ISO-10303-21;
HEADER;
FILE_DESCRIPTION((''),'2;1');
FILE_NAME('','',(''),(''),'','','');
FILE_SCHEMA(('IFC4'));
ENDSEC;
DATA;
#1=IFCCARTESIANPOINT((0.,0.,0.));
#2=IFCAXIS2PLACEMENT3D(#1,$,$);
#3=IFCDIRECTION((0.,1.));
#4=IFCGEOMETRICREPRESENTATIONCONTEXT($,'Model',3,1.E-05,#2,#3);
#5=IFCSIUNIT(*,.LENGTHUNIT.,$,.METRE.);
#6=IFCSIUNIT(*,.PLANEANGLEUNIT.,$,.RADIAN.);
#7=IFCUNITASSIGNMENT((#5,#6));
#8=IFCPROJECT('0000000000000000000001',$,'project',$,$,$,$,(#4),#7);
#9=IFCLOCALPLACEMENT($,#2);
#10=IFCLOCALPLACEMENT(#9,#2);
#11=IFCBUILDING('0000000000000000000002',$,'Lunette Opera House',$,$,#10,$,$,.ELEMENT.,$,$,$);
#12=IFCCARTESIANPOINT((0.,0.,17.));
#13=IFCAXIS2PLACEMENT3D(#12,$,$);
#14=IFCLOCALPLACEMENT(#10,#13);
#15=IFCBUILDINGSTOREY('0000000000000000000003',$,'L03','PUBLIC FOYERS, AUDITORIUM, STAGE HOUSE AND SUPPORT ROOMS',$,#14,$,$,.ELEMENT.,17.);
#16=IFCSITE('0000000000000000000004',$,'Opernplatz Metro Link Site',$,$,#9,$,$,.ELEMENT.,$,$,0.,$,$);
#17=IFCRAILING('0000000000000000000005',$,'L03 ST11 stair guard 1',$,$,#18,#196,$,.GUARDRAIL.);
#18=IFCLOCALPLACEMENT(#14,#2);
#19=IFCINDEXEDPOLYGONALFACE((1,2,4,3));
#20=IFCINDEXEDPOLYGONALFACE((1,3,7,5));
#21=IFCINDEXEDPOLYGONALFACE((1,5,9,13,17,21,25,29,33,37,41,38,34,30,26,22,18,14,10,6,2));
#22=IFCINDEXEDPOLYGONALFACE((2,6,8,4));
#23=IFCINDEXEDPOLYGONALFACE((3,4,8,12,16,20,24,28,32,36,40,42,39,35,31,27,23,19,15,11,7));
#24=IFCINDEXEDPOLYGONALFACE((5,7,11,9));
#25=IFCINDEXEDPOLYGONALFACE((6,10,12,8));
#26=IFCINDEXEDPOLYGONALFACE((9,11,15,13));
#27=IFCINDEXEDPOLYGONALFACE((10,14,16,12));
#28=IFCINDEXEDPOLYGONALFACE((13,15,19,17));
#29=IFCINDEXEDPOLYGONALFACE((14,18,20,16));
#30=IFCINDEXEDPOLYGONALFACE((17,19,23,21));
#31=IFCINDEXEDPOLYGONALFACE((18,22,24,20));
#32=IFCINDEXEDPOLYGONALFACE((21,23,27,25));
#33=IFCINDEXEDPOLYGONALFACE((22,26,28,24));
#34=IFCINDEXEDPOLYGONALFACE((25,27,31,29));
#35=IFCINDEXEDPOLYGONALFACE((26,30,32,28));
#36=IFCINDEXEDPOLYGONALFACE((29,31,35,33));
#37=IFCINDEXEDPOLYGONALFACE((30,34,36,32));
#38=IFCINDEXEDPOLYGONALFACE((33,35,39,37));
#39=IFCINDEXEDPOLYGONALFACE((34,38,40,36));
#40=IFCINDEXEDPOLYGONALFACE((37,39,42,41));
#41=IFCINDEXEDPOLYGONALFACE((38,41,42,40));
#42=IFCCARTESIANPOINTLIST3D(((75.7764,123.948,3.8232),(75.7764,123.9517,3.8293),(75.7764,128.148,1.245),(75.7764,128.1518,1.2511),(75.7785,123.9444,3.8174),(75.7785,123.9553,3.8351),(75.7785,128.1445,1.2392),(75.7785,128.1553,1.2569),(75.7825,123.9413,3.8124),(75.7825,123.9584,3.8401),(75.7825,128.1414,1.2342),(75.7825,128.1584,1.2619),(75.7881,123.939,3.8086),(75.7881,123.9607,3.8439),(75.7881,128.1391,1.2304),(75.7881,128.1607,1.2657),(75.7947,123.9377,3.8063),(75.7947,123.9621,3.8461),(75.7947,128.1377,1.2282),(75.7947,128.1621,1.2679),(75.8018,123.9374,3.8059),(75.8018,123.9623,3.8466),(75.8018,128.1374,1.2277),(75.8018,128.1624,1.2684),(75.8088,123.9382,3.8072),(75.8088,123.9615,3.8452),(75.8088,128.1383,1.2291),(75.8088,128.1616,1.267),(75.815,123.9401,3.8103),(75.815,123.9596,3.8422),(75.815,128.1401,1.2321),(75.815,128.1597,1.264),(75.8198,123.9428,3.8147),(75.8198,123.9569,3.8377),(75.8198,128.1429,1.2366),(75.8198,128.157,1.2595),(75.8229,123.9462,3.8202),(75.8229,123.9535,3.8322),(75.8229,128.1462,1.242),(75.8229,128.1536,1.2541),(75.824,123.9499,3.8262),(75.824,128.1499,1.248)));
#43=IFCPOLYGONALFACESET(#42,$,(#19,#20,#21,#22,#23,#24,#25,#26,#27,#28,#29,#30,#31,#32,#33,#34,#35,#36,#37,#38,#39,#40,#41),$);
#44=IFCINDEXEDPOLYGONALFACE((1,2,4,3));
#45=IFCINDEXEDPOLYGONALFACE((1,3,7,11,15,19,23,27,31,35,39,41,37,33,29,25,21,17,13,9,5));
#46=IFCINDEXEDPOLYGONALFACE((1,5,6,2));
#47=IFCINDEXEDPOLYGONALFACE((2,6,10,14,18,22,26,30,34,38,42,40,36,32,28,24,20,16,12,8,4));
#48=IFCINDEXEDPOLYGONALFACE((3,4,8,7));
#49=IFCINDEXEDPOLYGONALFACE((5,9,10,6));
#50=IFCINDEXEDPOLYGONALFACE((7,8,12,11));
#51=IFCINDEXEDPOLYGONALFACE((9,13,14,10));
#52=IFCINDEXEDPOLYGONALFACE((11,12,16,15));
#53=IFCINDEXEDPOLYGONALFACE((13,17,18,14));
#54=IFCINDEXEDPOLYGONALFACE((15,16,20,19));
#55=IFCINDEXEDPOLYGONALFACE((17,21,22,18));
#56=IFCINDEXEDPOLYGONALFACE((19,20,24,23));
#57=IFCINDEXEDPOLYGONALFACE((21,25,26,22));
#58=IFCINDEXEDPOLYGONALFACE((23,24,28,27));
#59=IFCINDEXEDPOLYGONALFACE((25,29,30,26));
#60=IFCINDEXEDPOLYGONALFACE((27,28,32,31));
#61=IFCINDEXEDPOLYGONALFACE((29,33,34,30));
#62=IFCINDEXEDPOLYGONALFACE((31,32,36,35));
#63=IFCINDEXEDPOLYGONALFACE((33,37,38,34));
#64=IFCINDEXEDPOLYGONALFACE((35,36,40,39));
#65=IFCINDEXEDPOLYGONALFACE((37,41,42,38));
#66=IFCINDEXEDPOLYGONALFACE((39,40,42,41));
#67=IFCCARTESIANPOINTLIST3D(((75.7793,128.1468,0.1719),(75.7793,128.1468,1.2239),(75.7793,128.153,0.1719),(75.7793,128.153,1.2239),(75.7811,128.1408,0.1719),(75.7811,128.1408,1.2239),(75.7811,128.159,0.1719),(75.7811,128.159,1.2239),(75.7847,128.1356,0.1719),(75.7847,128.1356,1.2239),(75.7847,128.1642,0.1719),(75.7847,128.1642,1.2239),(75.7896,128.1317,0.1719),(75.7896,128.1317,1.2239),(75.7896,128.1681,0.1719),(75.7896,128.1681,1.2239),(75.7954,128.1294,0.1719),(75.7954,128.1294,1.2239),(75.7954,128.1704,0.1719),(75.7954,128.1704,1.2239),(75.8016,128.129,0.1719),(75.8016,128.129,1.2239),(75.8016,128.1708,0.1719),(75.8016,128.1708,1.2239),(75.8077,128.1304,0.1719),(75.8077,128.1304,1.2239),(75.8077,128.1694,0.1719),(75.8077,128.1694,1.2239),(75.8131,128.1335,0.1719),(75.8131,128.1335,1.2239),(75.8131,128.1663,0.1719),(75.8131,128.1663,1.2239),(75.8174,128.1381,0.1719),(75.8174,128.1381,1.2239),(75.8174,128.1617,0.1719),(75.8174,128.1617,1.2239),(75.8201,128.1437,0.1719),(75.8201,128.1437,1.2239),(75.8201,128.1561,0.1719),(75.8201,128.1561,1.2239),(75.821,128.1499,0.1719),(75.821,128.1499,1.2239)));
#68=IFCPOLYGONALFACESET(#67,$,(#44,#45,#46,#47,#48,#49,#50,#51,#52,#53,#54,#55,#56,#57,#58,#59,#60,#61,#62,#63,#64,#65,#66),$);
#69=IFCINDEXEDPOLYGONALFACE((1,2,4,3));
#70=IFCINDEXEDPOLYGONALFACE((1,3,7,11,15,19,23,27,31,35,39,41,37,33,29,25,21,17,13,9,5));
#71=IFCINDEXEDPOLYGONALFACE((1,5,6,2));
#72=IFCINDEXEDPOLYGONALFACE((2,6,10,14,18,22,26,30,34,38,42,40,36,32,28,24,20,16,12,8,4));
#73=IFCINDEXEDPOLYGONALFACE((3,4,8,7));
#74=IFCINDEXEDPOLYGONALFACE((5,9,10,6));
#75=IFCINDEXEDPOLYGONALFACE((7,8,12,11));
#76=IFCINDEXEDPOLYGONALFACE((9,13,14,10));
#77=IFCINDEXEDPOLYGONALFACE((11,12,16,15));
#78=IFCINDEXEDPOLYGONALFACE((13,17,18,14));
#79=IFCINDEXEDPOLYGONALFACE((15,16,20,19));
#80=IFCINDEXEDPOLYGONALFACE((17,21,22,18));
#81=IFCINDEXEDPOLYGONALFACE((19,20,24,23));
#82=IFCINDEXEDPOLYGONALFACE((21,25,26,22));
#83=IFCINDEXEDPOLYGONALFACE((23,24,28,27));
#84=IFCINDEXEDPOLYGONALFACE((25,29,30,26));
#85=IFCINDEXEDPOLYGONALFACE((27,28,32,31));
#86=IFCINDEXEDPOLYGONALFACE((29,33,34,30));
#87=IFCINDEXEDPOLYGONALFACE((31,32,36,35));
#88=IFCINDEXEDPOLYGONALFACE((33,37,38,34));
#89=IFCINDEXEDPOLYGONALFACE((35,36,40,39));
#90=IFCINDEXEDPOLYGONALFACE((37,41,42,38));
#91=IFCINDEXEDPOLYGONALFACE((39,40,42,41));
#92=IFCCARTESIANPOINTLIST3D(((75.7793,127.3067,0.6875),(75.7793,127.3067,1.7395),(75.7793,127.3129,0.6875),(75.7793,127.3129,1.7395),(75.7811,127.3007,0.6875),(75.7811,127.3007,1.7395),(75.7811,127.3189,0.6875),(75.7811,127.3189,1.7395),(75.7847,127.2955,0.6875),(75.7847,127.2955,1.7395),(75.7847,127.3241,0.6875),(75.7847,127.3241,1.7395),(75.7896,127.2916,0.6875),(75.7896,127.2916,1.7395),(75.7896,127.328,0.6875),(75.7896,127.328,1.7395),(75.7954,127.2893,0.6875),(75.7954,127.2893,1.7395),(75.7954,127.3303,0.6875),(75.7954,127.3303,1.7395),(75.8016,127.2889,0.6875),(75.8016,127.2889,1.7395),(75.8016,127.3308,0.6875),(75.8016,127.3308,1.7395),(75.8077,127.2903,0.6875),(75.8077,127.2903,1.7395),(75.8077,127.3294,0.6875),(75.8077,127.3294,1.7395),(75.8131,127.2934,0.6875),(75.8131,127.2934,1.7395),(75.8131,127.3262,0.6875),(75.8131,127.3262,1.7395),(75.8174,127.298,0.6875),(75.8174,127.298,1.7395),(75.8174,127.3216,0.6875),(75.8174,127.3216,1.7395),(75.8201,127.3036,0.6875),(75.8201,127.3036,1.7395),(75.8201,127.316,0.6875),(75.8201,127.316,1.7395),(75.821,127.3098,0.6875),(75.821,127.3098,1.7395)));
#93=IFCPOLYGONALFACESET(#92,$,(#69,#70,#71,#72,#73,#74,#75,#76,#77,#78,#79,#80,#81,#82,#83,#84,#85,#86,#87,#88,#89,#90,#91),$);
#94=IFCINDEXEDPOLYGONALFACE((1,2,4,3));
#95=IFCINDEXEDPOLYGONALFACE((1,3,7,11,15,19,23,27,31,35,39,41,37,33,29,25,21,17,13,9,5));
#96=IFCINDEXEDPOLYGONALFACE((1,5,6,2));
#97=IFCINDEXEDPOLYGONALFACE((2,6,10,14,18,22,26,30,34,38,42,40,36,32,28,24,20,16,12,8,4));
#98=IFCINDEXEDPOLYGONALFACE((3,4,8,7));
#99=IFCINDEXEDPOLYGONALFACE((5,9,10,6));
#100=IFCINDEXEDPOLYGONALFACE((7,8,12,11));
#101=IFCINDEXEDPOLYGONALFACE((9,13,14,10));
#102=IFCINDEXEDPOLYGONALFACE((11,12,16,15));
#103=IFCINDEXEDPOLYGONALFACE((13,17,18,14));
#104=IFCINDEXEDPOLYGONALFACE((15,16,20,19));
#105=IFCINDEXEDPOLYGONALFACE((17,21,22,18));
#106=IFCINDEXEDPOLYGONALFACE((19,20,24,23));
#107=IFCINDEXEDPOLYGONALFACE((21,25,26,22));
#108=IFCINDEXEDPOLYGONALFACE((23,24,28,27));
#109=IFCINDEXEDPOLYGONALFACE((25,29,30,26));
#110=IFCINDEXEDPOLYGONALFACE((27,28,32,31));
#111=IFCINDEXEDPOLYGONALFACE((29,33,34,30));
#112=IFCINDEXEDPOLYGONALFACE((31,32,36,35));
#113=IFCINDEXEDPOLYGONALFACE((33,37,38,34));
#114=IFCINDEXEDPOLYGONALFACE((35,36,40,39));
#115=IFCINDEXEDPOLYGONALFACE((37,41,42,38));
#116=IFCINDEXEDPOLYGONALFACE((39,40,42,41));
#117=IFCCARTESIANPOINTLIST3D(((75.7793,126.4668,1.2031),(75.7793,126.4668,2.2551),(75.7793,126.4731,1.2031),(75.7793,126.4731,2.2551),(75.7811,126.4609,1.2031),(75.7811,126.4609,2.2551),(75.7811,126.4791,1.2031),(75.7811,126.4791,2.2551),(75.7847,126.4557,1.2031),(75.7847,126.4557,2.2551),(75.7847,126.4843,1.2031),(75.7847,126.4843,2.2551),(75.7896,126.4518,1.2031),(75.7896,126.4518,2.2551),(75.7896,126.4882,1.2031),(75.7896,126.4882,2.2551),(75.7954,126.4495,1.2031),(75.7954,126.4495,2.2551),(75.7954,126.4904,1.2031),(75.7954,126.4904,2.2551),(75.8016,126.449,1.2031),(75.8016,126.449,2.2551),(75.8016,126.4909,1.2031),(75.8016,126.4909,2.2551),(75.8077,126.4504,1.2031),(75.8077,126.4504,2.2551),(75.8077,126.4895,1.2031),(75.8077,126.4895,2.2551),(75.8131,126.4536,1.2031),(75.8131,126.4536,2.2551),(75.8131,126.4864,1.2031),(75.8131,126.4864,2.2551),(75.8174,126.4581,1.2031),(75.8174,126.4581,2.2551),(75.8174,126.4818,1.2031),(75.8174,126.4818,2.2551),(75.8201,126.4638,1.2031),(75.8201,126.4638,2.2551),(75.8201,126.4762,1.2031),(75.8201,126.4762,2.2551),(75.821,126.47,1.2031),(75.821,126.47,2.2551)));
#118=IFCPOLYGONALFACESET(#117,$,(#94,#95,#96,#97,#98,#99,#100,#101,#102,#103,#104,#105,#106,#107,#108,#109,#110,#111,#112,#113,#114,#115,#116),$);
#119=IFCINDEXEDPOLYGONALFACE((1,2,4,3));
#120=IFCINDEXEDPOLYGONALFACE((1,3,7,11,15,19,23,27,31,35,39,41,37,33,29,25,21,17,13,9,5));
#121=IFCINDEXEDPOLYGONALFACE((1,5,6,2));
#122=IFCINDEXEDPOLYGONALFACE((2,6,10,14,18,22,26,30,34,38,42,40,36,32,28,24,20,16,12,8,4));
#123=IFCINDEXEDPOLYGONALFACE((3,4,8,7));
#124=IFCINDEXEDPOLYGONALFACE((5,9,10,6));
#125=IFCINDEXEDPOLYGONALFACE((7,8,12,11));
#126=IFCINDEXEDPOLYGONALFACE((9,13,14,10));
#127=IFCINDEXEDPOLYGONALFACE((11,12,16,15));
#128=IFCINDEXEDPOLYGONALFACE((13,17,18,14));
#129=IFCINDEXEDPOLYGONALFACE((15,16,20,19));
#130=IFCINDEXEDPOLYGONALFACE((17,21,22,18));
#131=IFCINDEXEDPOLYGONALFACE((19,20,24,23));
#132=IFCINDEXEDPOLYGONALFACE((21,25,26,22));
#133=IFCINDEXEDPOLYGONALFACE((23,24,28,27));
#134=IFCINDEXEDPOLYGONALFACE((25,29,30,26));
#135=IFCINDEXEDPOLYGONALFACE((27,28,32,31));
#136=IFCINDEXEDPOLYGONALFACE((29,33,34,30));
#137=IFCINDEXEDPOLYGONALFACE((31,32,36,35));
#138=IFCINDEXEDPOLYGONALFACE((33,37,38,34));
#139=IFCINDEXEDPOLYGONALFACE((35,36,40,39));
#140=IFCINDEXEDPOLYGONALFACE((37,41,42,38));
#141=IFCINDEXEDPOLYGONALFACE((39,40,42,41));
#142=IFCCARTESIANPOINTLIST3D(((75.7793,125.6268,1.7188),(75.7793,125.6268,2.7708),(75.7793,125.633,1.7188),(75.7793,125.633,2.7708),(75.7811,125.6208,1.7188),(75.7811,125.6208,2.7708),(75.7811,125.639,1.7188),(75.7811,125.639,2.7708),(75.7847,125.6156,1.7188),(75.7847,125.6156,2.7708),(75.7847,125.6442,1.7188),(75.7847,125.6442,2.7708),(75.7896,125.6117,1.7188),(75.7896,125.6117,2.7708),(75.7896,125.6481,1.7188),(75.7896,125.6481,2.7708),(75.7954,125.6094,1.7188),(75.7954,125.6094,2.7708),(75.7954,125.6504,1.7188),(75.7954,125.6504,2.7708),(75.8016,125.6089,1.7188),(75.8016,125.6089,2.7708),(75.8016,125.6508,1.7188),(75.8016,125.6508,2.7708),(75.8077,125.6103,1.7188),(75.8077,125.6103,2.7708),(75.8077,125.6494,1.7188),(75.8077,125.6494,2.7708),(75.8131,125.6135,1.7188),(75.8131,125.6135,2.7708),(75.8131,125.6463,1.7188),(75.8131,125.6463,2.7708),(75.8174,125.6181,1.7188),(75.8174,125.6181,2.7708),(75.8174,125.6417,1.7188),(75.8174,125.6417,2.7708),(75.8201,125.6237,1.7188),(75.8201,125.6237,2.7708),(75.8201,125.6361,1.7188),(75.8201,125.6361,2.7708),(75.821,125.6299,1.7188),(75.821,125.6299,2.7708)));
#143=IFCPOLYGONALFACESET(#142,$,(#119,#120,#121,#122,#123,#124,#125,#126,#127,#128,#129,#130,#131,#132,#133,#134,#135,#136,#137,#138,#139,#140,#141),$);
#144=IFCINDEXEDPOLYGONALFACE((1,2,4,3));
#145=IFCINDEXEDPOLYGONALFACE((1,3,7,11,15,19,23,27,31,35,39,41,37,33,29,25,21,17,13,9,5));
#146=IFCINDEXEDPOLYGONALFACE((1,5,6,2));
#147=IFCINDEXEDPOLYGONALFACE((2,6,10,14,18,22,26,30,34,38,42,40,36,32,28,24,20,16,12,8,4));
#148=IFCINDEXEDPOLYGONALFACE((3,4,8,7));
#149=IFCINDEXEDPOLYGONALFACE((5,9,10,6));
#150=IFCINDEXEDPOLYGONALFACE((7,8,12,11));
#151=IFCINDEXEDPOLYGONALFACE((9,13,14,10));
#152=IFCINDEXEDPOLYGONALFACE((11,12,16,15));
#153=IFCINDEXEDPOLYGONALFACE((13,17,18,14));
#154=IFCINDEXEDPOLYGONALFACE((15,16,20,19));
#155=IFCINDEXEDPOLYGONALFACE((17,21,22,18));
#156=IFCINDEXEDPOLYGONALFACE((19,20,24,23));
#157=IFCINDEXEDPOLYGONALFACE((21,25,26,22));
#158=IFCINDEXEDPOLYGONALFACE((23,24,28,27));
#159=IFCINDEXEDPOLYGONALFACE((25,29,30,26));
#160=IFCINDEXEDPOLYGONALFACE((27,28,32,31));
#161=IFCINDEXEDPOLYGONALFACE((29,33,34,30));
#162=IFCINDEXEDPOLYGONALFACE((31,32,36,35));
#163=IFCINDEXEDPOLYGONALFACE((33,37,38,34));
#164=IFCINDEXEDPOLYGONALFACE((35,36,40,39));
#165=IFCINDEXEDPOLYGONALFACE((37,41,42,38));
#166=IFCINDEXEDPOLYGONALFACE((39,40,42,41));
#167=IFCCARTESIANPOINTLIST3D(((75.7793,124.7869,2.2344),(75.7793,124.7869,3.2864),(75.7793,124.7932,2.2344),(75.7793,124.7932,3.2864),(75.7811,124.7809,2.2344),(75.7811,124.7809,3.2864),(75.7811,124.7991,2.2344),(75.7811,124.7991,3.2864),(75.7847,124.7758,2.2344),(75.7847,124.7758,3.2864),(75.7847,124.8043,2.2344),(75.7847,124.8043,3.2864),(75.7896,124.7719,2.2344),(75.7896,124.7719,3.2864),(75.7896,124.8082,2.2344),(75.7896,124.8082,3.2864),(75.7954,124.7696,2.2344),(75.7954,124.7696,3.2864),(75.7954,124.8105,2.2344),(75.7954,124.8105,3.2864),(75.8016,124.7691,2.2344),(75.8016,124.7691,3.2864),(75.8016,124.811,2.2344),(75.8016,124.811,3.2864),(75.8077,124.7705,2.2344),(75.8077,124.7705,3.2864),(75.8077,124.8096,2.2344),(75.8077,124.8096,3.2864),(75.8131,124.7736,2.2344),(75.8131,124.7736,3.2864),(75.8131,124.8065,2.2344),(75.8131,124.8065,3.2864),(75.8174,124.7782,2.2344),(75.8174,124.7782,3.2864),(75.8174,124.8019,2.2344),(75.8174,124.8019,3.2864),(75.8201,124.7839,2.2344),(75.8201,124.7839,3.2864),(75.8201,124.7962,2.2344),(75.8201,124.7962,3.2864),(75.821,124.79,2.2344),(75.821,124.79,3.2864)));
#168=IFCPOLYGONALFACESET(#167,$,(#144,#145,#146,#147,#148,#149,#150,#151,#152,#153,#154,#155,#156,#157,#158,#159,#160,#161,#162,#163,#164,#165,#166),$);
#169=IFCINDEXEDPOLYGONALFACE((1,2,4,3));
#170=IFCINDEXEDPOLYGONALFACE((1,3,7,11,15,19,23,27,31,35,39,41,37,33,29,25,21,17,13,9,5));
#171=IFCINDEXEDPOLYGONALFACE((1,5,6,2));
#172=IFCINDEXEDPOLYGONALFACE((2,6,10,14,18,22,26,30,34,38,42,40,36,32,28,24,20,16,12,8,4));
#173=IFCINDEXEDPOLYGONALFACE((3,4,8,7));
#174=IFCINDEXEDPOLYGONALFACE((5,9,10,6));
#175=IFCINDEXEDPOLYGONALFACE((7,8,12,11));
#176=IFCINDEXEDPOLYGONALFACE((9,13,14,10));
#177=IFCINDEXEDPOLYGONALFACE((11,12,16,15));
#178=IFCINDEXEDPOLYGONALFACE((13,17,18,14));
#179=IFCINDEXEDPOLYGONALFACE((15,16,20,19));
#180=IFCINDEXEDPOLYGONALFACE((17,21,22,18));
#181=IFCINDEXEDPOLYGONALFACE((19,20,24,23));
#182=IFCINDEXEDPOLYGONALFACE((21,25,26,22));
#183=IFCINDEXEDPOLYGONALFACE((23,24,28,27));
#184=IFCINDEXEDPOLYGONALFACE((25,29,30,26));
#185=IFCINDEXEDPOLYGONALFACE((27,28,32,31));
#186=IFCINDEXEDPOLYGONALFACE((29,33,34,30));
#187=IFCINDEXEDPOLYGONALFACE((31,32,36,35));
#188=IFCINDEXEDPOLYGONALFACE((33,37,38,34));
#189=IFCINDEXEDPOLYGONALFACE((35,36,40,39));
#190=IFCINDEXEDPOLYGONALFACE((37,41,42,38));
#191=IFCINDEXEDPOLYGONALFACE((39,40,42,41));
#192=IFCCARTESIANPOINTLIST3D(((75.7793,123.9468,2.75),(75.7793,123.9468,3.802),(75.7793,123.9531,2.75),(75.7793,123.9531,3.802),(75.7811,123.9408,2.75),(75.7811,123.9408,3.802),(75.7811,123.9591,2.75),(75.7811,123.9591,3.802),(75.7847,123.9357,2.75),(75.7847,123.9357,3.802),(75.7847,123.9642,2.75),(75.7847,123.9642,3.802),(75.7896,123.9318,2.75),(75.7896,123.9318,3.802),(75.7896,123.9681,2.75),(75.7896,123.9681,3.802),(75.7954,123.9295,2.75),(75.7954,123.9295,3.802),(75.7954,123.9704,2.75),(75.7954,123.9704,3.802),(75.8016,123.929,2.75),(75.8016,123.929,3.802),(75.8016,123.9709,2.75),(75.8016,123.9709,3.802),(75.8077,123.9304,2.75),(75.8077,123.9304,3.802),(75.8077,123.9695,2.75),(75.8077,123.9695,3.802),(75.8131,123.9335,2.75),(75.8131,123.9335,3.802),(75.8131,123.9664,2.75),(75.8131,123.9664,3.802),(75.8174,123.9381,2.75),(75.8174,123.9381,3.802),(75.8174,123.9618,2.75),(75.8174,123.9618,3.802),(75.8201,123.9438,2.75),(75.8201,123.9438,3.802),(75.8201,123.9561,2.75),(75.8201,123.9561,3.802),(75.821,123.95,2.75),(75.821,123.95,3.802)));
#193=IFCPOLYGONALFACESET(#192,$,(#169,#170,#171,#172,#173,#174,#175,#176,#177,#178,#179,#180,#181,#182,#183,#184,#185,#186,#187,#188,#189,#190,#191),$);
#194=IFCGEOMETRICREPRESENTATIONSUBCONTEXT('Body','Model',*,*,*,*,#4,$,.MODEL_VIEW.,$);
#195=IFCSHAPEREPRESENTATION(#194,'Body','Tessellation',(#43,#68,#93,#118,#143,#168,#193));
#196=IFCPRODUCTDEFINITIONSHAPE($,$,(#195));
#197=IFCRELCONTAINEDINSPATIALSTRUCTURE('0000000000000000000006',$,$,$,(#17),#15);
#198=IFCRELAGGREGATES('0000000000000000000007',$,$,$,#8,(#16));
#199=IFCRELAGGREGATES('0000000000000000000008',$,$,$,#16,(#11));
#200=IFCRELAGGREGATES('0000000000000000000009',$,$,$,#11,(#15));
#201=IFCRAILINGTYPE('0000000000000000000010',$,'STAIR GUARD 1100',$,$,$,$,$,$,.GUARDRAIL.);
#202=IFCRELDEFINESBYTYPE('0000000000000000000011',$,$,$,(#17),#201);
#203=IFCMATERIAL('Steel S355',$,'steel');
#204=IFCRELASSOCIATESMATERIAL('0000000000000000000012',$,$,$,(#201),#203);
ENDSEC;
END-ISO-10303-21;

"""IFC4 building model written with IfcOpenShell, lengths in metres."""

from ifc_helpers import new_model, si_unit, direction, frame, origin, origin_2d, place, context, subcontext, project, spatial, circle, extrude, material, type_object, element, save


model = new_model("IFC4")

# Units and contexts
model_context = context("Model", 3, precision=1e-05, world=origin(), true_north=direction((0.0, 1.0)))
body_context = subcontext(model_context, "Body", "Model", "MODEL_VIEW")
ifc_project = project(units=[si_unit("LENGTHUNIT", "METRE"), si_unit("PLANEANGLEUNIT", "RADIAN")], contexts=[model_context])

# Site, building, storey
site_placement = place(None, origin())
site = spatial("IfcSite", under=ifc_project, at=site_placement, Name="Opernplatz Metro Link Site", CompositionType="ELEMENT", RefElevation=0.0)
building_placement = place(site_placement, origin())
building = spatial("IfcBuilding", under=site, at=building_placement, Name="Lunette Opera House", CompositionType="ELEMENT")
storey_placement = place(building_placement, frame((0.0, 0.0, 17.0)))
storey = spatial("IfcBuildingStorey", under=building, at=storey_placement, Name="L03", Description="PUBLIC FOYERS, AUDITORIUM, STAGE HOUSE AND SUPPORT ROOMS", CompositionType="ELEMENT", Elevation=17.0)

# Railing
ifc_material_1 = material(Name="Steel S355", Category="steel")
railing_type = type_object("IfcRailingType", Name="STAIR GUARD 1100", PredefinedType="GUARDRAIL", material=ifc_material_1)
railing_1_placement = place(storey_placement, frame((75.8, 128.1499, 0.1719)))
element("IfcRailing", 1, at=railing_1_placement, inside=storey, type_object=railing_type, Name="L03 ST11 stair guard 1", PredefinedType="GUARDRAIL", context=body_context, shape_type="SweptSolid", body=[
    extrude(circle(Radius=0.0239, at=origin_2d()), frame((0.0, 0.0, 1.0762), z_axis=(0.0, -0.852243, 0.523146), x_axis=(1.0, 0.0, 0.0)), (0.0, 0.0, 1.0), 4.9282),
    extrude(circle(Radius=0.021, at=origin_2d()), origin(), (0.0, 0.0, 1.0), 1.052),
    extrude(circle(Radius=0.021, at=origin_2d()), frame((0.0, -0.8401, 0.5156)), (0.0, 0.0, 1.0), 1.052),
    extrude(circle(Radius=0.021, at=origin_2d()), frame((0.0, -1.6799, 1.0312)), (0.0, 0.0, 1.0), 1.052),
    extrude(circle(Radius=0.021, at=origin_2d()), frame((0.0, -2.52, 1.5469)), (0.0, 0.0, 1.0), 1.052),
    extrude(circle(Radius=0.021, at=origin_2d()), frame((0.0, -3.3599, 2.0625)), (0.0, 0.0, 1.0), 1.052),
    extrude(circle(Radius=0.021, at=origin_2d()), frame((0.0, -4.2, 2.5781)), (0.0, 0.0, 1.0), 1.052),
])

save(model, "model.ifc")
